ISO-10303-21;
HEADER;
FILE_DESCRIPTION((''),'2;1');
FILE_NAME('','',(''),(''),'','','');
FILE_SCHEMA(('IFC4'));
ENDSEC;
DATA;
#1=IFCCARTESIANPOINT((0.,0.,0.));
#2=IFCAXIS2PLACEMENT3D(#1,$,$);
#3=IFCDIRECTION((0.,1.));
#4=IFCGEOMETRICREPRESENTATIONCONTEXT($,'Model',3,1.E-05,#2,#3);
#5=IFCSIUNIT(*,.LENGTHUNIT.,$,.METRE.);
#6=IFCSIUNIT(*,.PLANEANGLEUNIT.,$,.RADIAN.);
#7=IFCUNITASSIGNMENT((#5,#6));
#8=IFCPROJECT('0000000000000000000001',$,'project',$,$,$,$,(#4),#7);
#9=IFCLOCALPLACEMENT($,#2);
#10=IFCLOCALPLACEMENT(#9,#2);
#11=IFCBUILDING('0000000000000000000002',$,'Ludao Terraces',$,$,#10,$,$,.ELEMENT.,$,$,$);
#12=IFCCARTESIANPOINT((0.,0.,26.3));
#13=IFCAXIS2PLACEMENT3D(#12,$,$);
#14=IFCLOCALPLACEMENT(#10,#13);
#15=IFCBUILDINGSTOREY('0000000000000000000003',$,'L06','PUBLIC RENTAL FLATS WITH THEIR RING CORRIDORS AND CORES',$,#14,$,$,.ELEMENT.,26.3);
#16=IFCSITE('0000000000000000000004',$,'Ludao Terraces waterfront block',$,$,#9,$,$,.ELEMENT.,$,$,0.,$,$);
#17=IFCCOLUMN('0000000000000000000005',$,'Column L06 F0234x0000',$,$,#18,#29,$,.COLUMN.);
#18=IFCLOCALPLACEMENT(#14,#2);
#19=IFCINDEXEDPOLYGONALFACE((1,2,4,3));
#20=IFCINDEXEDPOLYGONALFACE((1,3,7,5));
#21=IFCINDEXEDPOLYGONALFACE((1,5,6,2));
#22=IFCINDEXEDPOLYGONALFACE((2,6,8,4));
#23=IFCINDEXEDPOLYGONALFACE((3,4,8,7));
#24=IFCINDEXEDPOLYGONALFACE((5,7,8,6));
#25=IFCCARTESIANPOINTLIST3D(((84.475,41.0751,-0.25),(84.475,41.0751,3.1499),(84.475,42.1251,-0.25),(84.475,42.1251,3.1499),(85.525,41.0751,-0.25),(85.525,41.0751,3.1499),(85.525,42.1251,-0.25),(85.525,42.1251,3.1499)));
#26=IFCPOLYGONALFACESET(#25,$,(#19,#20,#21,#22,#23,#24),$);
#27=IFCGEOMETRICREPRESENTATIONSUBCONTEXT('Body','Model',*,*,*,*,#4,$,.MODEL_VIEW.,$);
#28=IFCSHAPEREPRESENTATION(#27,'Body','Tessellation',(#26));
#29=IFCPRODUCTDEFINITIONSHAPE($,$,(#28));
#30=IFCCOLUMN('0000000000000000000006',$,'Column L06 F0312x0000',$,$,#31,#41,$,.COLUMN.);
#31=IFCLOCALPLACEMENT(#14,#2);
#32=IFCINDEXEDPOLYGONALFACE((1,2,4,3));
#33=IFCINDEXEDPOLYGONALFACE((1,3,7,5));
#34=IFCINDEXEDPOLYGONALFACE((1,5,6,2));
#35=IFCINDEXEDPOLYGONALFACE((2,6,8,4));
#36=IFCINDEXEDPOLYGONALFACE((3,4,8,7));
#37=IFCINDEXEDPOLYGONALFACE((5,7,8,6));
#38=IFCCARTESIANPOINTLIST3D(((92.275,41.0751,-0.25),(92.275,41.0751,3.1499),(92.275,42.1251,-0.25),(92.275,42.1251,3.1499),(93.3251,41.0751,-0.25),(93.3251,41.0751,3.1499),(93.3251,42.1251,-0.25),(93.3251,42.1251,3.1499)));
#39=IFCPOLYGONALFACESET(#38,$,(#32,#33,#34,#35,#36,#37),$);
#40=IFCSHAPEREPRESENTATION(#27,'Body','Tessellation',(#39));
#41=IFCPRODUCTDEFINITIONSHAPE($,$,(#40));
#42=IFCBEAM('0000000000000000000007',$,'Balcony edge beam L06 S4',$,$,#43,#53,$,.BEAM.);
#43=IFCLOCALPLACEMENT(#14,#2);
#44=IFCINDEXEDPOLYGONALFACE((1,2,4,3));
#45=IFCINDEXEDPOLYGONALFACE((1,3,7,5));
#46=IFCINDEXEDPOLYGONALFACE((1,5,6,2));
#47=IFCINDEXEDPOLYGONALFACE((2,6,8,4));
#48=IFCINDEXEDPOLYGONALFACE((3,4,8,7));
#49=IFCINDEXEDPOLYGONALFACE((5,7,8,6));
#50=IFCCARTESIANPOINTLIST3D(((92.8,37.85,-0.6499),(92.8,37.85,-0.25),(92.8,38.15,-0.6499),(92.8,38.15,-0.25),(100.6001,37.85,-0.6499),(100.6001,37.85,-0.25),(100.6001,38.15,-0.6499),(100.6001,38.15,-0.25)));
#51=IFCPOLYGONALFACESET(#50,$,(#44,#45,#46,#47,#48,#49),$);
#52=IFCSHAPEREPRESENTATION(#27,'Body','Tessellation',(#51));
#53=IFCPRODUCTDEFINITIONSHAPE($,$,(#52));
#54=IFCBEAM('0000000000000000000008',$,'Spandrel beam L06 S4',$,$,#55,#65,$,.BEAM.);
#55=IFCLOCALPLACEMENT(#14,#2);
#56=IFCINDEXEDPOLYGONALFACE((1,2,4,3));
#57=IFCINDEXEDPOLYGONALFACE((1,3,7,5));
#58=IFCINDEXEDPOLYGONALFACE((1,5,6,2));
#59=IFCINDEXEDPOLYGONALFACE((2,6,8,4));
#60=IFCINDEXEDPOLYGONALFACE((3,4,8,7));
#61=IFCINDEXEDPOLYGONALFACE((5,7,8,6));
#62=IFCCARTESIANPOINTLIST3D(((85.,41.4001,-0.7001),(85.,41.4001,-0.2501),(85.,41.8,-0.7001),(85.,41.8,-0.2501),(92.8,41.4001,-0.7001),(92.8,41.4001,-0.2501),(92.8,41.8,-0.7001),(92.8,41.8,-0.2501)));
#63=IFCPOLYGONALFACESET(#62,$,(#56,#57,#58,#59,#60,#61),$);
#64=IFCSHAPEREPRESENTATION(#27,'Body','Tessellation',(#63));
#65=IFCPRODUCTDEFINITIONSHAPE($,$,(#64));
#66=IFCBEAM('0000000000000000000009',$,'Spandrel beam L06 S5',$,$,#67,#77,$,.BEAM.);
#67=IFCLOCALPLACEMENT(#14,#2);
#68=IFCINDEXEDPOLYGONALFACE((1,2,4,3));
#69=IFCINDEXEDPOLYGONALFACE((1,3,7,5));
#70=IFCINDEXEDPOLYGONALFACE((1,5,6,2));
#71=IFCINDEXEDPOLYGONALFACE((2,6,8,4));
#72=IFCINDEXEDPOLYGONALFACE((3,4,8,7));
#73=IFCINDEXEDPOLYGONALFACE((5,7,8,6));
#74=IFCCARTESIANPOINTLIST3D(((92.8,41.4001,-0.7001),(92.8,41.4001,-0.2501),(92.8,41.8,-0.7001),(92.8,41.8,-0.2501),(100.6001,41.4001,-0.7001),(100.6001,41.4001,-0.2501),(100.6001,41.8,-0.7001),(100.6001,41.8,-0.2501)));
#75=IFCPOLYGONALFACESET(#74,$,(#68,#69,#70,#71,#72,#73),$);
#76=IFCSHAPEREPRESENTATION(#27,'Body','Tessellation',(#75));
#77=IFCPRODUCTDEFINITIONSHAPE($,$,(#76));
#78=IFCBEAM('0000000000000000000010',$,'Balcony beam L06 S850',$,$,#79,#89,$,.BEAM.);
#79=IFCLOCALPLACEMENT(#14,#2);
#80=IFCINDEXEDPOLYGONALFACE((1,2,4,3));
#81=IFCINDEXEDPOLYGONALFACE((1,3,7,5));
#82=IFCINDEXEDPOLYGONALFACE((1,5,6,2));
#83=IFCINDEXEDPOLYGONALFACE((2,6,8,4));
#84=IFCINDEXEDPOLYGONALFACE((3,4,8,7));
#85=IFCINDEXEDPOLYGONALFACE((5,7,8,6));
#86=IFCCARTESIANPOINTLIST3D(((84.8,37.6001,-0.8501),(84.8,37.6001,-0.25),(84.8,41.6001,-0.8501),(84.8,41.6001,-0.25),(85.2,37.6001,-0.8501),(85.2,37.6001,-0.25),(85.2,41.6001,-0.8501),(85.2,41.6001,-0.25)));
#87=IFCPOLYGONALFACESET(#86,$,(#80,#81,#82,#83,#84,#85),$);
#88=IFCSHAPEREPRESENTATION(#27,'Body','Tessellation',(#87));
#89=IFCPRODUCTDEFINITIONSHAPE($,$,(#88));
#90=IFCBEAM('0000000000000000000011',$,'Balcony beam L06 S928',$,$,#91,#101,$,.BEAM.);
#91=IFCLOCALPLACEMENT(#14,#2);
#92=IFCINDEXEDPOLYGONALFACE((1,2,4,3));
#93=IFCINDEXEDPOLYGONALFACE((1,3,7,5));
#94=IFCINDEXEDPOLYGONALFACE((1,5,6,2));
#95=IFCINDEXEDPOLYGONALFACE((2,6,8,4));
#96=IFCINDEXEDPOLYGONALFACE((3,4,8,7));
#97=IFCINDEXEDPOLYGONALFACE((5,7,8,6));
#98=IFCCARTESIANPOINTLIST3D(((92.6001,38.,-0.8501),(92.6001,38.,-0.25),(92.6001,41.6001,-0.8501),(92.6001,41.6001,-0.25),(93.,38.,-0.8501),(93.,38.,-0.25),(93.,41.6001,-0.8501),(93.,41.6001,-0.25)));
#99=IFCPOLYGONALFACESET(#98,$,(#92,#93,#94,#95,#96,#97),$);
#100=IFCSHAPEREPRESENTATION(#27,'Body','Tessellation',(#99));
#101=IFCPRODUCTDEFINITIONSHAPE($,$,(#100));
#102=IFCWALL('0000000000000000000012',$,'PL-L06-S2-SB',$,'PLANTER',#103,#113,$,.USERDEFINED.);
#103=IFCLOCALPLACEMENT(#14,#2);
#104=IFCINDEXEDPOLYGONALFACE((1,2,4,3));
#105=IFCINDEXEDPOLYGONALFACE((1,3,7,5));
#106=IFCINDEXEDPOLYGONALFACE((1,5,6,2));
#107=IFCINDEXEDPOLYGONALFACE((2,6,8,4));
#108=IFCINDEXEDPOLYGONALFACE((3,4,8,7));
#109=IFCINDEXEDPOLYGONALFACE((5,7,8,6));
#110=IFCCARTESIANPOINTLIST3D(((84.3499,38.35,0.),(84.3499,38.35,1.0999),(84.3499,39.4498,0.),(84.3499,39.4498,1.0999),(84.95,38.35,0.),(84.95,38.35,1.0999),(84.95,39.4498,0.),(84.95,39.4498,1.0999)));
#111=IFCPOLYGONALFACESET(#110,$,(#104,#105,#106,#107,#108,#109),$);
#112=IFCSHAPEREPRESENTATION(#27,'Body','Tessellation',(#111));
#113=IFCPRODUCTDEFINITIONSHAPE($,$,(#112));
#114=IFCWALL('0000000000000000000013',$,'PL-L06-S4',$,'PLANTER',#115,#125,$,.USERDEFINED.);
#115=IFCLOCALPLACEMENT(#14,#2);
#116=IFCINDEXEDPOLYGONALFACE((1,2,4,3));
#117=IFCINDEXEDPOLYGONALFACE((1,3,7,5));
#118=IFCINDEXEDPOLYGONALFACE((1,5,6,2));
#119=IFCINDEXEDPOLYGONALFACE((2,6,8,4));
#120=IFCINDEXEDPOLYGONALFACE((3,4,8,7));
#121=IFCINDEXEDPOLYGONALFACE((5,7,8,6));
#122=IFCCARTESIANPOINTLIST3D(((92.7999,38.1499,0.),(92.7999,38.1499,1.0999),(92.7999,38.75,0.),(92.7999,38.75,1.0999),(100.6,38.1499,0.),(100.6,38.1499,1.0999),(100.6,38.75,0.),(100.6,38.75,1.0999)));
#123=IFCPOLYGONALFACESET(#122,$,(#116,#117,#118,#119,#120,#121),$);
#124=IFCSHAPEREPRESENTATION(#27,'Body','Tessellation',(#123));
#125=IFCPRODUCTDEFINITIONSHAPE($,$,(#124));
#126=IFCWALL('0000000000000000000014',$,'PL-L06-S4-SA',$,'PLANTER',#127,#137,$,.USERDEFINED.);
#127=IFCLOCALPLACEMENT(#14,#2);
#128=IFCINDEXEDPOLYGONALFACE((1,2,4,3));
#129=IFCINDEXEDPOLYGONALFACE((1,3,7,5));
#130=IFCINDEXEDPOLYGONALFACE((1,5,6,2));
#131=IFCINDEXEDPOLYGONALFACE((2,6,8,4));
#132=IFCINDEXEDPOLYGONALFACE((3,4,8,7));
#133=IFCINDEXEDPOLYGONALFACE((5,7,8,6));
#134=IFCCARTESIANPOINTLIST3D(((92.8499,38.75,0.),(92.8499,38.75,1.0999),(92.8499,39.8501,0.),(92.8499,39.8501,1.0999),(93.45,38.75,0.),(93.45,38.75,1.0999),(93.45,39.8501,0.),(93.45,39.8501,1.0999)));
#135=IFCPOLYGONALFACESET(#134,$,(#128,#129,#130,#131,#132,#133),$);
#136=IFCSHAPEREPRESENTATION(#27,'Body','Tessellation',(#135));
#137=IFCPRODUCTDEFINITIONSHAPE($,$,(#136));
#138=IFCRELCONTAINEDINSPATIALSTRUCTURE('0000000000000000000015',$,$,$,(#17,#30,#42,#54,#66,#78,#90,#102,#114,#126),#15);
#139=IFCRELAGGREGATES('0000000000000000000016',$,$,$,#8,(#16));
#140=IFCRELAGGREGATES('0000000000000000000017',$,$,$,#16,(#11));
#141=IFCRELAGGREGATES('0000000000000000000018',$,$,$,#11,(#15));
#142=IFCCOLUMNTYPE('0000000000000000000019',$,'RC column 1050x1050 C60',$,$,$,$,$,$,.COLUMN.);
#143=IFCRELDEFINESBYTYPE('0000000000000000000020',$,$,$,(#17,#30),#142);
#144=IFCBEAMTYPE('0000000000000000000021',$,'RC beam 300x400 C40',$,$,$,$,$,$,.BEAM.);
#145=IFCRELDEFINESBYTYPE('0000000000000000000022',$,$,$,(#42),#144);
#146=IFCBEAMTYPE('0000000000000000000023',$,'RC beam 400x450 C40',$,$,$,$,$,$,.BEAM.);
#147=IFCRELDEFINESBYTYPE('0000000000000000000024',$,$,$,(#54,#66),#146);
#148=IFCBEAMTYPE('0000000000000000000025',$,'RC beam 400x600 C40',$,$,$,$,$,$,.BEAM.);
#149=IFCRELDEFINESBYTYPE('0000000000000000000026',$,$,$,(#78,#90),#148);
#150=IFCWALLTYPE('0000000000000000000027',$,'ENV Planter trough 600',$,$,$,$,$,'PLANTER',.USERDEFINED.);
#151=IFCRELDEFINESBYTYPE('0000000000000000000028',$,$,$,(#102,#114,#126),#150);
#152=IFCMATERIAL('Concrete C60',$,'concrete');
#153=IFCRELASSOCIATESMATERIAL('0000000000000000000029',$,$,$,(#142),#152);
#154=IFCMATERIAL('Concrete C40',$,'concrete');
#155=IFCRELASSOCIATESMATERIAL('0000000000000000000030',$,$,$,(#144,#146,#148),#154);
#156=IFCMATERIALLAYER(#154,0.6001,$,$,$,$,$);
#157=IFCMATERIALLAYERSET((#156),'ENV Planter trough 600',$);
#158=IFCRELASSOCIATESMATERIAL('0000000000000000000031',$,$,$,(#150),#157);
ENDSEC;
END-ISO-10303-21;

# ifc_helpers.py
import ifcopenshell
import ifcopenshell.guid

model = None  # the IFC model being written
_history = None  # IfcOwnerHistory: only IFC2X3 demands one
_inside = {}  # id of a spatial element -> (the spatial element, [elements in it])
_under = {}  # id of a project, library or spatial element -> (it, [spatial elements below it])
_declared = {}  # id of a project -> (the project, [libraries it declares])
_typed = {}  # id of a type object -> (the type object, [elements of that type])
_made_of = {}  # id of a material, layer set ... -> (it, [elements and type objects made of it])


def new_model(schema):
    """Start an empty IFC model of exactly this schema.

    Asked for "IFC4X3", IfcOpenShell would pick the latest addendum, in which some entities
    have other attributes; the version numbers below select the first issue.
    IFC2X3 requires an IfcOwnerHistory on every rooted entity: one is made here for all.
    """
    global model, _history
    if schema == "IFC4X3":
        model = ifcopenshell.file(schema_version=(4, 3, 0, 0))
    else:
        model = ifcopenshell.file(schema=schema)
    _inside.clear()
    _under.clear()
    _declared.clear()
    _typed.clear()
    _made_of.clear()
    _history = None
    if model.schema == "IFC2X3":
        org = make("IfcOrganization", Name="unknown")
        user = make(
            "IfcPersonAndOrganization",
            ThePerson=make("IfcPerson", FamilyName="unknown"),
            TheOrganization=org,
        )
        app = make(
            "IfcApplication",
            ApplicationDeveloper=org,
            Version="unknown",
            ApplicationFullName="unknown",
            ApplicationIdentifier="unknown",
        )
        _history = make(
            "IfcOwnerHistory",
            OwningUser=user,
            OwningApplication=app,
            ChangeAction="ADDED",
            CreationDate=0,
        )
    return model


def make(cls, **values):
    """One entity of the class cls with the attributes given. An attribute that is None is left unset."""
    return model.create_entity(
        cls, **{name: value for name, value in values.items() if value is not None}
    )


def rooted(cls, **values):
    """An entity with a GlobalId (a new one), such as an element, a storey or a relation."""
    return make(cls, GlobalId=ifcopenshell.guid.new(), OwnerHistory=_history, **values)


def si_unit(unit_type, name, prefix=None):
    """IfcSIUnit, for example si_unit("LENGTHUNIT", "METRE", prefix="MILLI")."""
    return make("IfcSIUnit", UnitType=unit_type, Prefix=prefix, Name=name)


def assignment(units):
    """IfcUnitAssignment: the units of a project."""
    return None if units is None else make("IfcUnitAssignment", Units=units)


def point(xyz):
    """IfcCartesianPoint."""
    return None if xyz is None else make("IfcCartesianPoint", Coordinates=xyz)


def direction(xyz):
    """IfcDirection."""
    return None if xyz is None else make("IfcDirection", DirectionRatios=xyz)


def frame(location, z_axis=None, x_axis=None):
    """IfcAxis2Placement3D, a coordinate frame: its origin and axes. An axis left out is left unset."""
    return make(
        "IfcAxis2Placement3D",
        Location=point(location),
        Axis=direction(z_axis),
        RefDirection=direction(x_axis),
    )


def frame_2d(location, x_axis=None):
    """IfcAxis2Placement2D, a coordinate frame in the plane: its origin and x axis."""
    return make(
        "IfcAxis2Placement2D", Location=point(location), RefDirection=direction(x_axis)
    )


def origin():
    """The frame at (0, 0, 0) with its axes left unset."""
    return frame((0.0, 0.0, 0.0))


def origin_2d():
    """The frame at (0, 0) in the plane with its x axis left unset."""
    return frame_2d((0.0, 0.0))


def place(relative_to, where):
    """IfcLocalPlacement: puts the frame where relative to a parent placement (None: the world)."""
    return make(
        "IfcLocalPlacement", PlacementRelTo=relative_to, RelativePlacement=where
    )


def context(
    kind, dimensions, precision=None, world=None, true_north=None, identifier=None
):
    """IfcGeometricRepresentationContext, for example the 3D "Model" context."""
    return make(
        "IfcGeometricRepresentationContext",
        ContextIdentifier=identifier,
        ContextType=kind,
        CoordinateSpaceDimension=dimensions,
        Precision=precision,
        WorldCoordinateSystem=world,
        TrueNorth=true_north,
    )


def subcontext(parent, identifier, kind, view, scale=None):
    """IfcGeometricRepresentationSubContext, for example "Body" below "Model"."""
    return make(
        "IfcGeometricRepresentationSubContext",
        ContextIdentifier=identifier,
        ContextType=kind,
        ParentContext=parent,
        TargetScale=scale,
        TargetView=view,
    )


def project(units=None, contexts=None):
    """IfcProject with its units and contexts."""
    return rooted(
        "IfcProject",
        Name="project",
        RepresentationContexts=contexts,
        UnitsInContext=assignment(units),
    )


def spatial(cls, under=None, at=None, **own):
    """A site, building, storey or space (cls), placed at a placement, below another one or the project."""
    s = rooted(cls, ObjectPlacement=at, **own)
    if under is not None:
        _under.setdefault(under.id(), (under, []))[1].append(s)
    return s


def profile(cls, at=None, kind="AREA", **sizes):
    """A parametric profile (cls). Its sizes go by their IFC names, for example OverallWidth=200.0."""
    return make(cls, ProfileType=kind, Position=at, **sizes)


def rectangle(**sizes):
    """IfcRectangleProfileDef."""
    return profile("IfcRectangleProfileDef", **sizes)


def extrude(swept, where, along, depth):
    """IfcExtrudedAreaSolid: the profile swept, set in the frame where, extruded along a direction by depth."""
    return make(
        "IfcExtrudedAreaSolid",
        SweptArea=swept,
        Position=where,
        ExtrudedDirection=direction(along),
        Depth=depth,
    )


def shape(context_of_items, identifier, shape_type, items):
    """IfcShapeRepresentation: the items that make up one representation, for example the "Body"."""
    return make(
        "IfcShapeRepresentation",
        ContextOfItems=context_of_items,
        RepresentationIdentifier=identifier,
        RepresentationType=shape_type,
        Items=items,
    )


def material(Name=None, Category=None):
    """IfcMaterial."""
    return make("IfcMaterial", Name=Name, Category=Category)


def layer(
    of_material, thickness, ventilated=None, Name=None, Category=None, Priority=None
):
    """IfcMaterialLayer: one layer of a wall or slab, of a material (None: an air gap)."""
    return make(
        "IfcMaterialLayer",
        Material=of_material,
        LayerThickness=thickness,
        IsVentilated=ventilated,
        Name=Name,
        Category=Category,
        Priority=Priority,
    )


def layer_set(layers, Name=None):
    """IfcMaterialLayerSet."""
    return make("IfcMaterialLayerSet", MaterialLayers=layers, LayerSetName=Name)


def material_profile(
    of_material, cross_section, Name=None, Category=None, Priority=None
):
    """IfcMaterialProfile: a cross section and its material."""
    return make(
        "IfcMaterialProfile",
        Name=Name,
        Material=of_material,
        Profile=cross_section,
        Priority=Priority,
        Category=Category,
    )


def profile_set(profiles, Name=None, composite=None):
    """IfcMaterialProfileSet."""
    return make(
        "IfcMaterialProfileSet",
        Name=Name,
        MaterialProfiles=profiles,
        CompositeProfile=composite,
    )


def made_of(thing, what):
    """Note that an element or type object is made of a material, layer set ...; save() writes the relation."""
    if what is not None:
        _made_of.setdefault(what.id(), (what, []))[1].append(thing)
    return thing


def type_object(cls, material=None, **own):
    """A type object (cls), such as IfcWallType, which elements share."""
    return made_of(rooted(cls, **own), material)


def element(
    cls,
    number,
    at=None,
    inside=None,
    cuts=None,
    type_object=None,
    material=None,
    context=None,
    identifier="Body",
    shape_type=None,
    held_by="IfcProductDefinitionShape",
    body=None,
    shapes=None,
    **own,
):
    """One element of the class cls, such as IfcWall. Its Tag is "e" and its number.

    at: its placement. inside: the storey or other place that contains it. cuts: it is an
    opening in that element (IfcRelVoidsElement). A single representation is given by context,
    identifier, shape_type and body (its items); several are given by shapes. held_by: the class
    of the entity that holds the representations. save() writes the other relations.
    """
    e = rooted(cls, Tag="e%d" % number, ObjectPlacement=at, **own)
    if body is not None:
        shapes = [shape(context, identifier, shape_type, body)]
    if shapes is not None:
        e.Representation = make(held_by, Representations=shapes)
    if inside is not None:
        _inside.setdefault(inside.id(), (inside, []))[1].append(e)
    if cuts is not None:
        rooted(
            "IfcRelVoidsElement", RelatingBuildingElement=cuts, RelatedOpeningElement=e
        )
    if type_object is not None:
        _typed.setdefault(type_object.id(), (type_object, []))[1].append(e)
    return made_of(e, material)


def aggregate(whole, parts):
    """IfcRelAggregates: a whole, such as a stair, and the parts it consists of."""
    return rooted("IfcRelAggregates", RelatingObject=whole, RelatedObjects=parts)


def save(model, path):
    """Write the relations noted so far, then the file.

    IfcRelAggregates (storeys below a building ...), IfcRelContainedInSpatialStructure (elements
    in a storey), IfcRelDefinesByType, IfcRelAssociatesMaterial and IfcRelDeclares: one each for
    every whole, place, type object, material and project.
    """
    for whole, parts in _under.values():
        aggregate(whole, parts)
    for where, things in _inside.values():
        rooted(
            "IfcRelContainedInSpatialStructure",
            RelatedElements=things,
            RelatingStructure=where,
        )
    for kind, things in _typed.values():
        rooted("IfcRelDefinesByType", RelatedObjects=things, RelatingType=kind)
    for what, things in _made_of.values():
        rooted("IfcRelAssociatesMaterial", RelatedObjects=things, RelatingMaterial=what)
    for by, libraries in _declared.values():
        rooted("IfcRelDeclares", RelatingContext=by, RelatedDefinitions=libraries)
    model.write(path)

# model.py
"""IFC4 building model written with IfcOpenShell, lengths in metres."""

from ifc_helpers import new_model, si_unit, direction, frame, frame_2d, origin, origin_2d, place, context, subcontext, project, spatial, rectangle, extrude, material, layer, layer_set, material_profile, profile_set, type_object, element, save


model = new_model("IFC4")

# Units and contexts
model_context = context("Model", 3, precision=1e-05, world=origin(), true_north=direction((0.0, 1.0)))
body_context = subcontext(model_context, "Body", "Model", "MODEL_VIEW")
ifc_project = project(units=[si_unit("LENGTHUNIT", "METRE"), si_unit("PLANEANGLEUNIT", "RADIAN")], contexts=[model_context])

# Site, building, storey
site_placement = place(None, origin())
site = spatial("IfcSite", under=ifc_project, at=site_placement, Name="Ludao Terraces waterfront block", CompositionType="ELEMENT", RefElevation=0.0)
building_placement = place(site_placement, origin())
building = spatial("IfcBuilding", under=site, at=building_placement, Name="Ludao Terraces", CompositionType="ELEMENT")
storey_placement = place(building_placement, frame((0.0, 0.0, 26.3)))
storey = spatial("IfcBuildingStorey", under=building, at=storey_placement, Name="L06", Description="PUBLIC RENTAL FLATS WITH THEIR RING CORRIDORS AND CORES", CompositionType="ELEMENT", Elevation=26.3)

# Columns
ifc_material_1 = material(Name="Concrete C60", Category="concrete")
ifc_material_profile_1 = material_profile(ifc_material_1, rectangle(XDim=1.05, YDim=1.05, at=origin_2d()), Name="1050 X 1050")
ifc_profile_set_1 = profile_set([ifc_material_profile_1], Name="Concrete C60")
column_type = type_object("IfcColumnType", Name="RC column 1050x1050 C60", PredefinedType="COLUMN", material=ifc_profile_set_1)
for number, where, z_axis, x_axis, name in (
    (1, (85.0, 41.6001, -0.25), (0.0, 0.0, 1.0), (1.0, 0.0, 0.0), "Column L06 F0234x0000"),
    (2, (92.8, 41.6001, -0.25), (0.0, 0.0, 1.0), (1.0, 0.0, 0.0), "Column L06 F0312x0000"),
):
    element("IfcColumn", number, at=place(storey_placement, frame(where, z_axis=z_axis, x_axis=x_axis)), inside=storey, type_object=column_type, Name=name, PredefinedType="COLUMN", context=body_context, shape_type="SweptSolid", body=[
        extrude(rectangle(XDim=1.05, YDim=1.05, at=origin_2d()), origin(), (0.0, 0.0, 1.0), 3.3999),
    ])

# Beams
ifc_material_2 = material(Name="Concrete C40", Category="concrete")
ifc_material_profile_2 = material_profile(ifc_material_2, rectangle(XDim=0.3, YDim=0.3999, at=origin_2d()), Name="300 X 400")
ifc_profile_set_2 = profile_set([ifc_material_profile_2], Name="Concrete C40")
beam_type_1 = type_object("IfcBeamType", Name="RC beam 300x400 C40", PredefinedType="BEAM", material=ifc_profile_set_2)
beam_1_placement = place(storey_placement, frame((92.8, 38.0, -0.45), z_axis=(1.0, 0.0, 0.0), x_axis=(0.0, 1.0, 0.0)))
element("IfcBeam", 3, at=beam_1_placement, inside=storey, type_object=beam_type_1, Name="Balcony edge beam L06 S4", PredefinedType="BEAM", context=body_context, shape_type="SweptSolid", body=[
    extrude(rectangle(XDim=0.3, YDim=0.3999, at=origin_2d()), origin(), (0.0, 0.0, 1.0), 7.8),
])
ifc_material_profile_3 = material_profile(ifc_material_2, rectangle(XDim=0.3999, YDim=0.45, at=origin_2d()), Name="400 X 450")
ifc_profile_set_3 = profile_set([ifc_material_profile_3], Name="Concrete C40")
beam_type_2 = type_object("IfcBeamType", Name="RC beam 400x450 C40", PredefinedType="BEAM", material=ifc_profile_set_3)
for number, where, z_axis, x_axis, name in (
    (4, (85.0, 41.6001, -0.4751), (1.0, 0.0, 0.0), (0.0, 1.0, 0.0), "Spandrel beam L06 S4"),
    (5, (92.8, 41.6001, -0.4751), (1.0, 0.0, 0.0), (0.0, 1.0, 0.0), "Spandrel beam L06 S5"),
):
    element("IfcBeam", number, at=place(storey_placement, frame(where, z_axis=z_axis, x_axis=x_axis)), inside=storey, type_object=beam_type_2, Name=name, PredefinedType="BEAM", context=body_context, shape_type="SweptSolid", body=[
        extrude(rectangle(XDim=0.3999, YDim=0.45, at=origin_2d()), origin(), (0.0, 0.0, 1.0), 7.8),
    ])
ifc_material_profile_4 = material_profile(ifc_material_2, rectangle(XDim=0.3999, YDim=0.6001, at=origin_2d()), Name="400 X 600")
ifc_profile_set_4 = profile_set([ifc_material_profile_4], Name="Concrete C40")
beam_type_3 = type_object("IfcBeamType", Name="RC beam 400x600 C40", PredefinedType="BEAM", material=ifc_profile_set_4)
beam_2_placement = place(storey_placement, frame((85.0, 41.6001, -0.55), z_axis=(0.0, -1.0, 0.0), x_axis=(1.0, 0.0, 0.0)))
element("IfcBeam", 6, at=beam_2_placement, inside=storey, type_object=beam_type_3, Name="Balcony beam L06 S850", PredefinedType="BEAM", context=body_context, shape_type="SweptSolid", body=[
    extrude(rectangle(XDim=0.3999, YDim=0.6001, at=origin_2d()), origin(), (0.0, 0.0, 1.0), 4.0),
])
beam_3_placement = place(storey_placement, frame((92.8, 41.6001, -0.55), z_axis=(0.0, -1.0, 0.0), x_axis=(1.0, 0.0, 0.0)))
element("IfcBeam", 7, at=beam_3_placement, inside=storey, type_object=beam_type_3, Name="Balcony beam L06 S928", PredefinedType="BEAM", context=body_context, shape_type="SweptSolid", body=[
    extrude(rectangle(XDim=0.3999, YDim=0.6001, at=origin_2d()), origin(), (0.0, 0.0, 1.0), 3.6001),
])

# Walls
ifc_layer_1 = layer(ifc_material_2, 0.6001)
ifc_layer_set_1 = layer_set([ifc_layer_1], Name="ENV Planter trough 600")
wall_type_1 = type_object("IfcWallType", Name="ENV Planter trough 600", ElementType="PLANTER", PredefinedType="USERDEFINED", material=ifc_layer_set_1)
wall_1_placement = place(storey_placement, frame((84.6499, 38.3501, 0.0), z_axis=(0.0, 0.0, 1.0), x_axis=(0.0, 1.0, 0.0)))
element("IfcWall", 8, at=wall_1_placement, inside=storey, type_object=wall_type_1, Name="PL-L06-S2-SB", ObjectType="PLANTER", PredefinedType="USERDEFINED", context=body_context, shape_type="SweptSolid", body=[
    extrude(rectangle(XDim=1.0999, YDim=0.6001, at=frame_2d((0.5498, 0.0))), origin(), (0.0, 0.0, 1.0), 1.0999),
])
wall_2_placement = place(storey_placement, frame((92.8, 38.45, 0.0), z_axis=(0.0, 0.0, 1.0), x_axis=(1.0, 0.0, 0.0)))
element("IfcWall", 9, at=wall_2_placement, inside=storey, type_object=wall_type_1, Name="PL-L06-S4", ObjectType="PLANTER", PredefinedType="USERDEFINED", context=body_context, shape_type="SweptSolid", body=[
    extrude(rectangle(XDim=7.8, YDim=0.6001, at=frame_2d((3.8999, 0.0))), origin(), (0.0, 0.0, 1.0), 1.0999),
])
wall_3_placement = place(storey_placement, frame((93.1499, 38.75, 0.0), z_axis=(0.0, 0.0, 1.0), x_axis=(0.0, 1.0, 0.0)))
element("IfcWall", 10, at=wall_3_placement, inside=storey, type_object=wall_type_1, Name="PL-L06-S4-SA", ObjectType="PLANTER", PredefinedType="USERDEFINED", context=body_context, shape_type="SweptSolid", body=[
    extrude(rectangle(XDim=1.1001, YDim=0.6001, at=frame_2d((0.55, 0.0))), origin(), (0.0, 0.0, 1.0), 1.0999),
])

save(model, "model.ifc")
